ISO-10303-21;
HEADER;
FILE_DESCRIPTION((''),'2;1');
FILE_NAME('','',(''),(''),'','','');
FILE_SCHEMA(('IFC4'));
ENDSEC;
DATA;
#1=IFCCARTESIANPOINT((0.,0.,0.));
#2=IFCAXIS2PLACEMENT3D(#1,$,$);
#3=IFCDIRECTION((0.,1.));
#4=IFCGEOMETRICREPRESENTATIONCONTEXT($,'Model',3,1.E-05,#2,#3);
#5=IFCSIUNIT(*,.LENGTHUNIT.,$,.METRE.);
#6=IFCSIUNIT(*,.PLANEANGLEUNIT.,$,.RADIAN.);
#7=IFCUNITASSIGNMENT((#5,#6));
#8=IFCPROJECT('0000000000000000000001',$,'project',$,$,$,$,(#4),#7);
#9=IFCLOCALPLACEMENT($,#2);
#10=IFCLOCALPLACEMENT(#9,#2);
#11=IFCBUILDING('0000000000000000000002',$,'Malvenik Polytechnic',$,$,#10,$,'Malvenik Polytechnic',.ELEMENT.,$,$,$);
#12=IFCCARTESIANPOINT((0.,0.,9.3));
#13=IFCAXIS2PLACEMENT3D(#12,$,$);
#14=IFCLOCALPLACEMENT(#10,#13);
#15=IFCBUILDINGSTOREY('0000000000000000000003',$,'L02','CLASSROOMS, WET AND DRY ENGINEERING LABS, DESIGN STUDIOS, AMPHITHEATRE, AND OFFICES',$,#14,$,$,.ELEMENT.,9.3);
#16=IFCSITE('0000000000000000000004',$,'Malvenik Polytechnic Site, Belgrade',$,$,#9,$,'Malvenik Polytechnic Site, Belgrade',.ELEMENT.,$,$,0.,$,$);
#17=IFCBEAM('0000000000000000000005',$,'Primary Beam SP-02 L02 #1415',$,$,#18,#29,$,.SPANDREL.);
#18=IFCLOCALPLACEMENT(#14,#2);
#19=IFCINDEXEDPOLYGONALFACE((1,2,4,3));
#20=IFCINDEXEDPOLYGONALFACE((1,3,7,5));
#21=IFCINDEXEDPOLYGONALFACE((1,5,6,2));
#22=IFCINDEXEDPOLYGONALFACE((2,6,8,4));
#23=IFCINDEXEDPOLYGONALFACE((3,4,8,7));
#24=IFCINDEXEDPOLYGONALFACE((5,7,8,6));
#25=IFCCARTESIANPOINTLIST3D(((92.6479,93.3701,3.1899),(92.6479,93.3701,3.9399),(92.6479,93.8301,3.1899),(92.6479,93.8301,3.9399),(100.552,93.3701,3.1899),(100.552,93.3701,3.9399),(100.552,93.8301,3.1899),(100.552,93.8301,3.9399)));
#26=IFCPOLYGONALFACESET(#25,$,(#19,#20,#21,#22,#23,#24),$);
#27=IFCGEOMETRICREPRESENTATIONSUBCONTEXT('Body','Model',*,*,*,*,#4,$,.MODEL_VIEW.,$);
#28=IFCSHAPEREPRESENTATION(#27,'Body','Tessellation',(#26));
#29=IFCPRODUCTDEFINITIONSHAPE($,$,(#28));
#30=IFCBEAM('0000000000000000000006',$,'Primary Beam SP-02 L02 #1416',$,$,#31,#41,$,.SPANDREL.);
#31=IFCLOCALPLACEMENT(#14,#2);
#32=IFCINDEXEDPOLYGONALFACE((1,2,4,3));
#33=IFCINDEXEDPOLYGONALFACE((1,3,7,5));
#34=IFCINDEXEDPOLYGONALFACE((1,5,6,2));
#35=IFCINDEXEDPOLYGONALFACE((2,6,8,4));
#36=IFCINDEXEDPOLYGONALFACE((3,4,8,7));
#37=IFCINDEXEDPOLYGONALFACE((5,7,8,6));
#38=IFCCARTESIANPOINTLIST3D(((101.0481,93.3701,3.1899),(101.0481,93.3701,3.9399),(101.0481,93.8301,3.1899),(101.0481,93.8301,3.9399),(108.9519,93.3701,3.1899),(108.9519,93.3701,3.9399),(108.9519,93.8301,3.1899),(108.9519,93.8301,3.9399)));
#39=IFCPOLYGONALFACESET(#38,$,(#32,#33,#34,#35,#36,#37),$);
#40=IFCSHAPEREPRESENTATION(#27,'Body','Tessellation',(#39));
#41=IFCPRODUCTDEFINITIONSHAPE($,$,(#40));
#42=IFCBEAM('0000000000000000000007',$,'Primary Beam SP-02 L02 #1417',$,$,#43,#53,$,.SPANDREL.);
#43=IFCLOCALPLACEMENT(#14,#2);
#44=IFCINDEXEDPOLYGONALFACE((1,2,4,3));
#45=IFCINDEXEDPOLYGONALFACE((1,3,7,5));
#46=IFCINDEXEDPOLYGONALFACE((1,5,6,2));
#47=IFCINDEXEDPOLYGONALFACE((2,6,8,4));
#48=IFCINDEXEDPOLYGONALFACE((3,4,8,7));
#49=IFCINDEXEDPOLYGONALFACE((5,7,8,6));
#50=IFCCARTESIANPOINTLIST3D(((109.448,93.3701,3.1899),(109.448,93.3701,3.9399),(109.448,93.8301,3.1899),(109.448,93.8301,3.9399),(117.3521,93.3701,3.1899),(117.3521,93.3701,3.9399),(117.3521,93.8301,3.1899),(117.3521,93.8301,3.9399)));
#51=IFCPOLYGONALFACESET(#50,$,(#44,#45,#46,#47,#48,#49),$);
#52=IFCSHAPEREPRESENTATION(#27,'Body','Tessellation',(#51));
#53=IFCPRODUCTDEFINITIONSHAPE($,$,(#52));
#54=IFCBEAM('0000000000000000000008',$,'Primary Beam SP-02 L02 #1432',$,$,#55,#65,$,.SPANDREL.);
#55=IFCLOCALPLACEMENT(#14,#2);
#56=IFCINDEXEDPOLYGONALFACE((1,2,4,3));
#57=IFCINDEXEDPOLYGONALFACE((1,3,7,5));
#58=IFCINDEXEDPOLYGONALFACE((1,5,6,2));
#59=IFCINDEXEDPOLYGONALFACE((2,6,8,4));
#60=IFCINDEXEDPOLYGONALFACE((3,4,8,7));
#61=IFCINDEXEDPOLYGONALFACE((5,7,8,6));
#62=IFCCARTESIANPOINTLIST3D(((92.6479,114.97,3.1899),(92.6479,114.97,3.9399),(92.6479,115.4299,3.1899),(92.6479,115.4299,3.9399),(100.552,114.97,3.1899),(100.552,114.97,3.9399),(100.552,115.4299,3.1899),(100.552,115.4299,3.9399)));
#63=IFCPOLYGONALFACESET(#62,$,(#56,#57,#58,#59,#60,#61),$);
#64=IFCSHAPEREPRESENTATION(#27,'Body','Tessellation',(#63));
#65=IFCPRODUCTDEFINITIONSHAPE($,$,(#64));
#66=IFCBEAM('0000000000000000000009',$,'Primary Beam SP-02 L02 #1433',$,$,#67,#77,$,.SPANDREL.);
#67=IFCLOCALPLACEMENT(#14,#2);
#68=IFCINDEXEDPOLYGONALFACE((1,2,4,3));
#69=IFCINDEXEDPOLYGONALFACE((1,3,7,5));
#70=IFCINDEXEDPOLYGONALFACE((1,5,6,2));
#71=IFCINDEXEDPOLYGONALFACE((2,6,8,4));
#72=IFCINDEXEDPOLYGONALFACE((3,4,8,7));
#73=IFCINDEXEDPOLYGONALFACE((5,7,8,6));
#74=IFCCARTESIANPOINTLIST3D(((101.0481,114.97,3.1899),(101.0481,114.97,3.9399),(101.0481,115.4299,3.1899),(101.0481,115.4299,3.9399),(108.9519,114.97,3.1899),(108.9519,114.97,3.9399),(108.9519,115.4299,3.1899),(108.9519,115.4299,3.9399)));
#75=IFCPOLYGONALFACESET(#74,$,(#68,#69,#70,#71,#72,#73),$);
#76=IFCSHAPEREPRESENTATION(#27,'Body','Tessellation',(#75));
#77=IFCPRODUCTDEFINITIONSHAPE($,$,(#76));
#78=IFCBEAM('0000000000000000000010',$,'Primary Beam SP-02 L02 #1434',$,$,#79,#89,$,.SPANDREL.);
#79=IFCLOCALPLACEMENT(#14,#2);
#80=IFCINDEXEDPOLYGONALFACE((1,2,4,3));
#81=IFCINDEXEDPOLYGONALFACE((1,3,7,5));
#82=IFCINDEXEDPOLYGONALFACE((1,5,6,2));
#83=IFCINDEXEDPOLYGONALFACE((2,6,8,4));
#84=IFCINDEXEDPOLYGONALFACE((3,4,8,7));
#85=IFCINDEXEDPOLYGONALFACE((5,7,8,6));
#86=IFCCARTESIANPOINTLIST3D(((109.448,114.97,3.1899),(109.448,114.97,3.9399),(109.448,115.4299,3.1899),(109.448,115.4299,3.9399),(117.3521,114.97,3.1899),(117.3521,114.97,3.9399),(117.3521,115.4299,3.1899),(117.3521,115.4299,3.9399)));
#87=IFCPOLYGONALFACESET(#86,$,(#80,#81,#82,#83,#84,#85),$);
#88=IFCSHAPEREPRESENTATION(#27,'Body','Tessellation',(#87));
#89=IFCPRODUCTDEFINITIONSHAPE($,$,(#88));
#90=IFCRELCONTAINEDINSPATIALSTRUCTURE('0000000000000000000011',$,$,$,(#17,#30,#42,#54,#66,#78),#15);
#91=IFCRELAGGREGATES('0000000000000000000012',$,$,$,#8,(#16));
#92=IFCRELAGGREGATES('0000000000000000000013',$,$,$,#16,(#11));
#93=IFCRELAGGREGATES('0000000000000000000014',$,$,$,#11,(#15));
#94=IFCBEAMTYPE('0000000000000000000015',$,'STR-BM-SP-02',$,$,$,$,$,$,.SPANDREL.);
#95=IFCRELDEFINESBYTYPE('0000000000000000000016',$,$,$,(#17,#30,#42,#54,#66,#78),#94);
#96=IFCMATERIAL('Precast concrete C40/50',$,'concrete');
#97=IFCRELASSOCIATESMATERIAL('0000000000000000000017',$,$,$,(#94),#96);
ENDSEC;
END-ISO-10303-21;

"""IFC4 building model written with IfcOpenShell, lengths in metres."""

from ifc_helpers import new_model, si_unit, direction, frame, origin, origin_2d, place, context, subcontext, project, spatial, rectangle, extrude, material, material_profile, profile_set, type_object, element, save


model = new_model("IFC4")

# Units and contexts
model_context = context("Model", 3, precision=1e-05, world=origin(), true_north=direction((0.0, 1.0)))
body_context = subcontext(model_context, "Body", "Model", "MODEL_VIEW")
ifc_project = project(units=[si_unit("LENGTHUNIT", "METRE"), si_unit("PLANEANGLEUNIT", "RADIAN")], contexts=[model_context])

# Site, building, storey
site_placement = place(None, origin())
site = spatial("IfcSite", under=ifc_project, at=site_placement, Name="Malvenik Polytechnic Site, Belgrade", LongName="Malvenik Polytechnic Site, Belgrade", CompositionType="ELEMENT", RefElevation=0.0)
building_placement = place(site_placement, origin())
building = spatial("IfcBuilding", under=site, at=building_placement, Name="Malvenik Polytechnic", LongName="Malvenik Polytechnic", CompositionType="ELEMENT")
storey_placement = place(building_placement, frame((0.0, 0.0, 9.3)))
storey = spatial("IfcBuildingStorey", under=building, at=storey_placement, Name="L02", Description="CLASSROOMS, WET AND DRY ENGINEERING LABS, DESIGN STUDIOS, AMPHITHEATRE, AND OFFICES", CompositionType="ELEMENT", Elevation=9.3)

# Beams
ifc_material_1 = material(Name="Precast concrete C40/50", Category="concrete")
ifc_material_profile_1 = material_profile(ifc_material_1, rectangle(XDim=0.46, YDim=0.75, at=origin_2d()), Name="PC SPN 460x750")
ifc_profile_set_1 = profile_set([ifc_material_profile_1], Name="Precast concrete C40/50")
beam_type = type_object("IfcBeamType", Name="STR-BM-SP-02", PredefinedType="SPANDREL", material=ifc_profile_set_1)
beam_1_placement = place(storey_placement, frame((92.6479, 93.6001, 3.5649), z_axis=(1.0, 0.0, 0.0), x_axis=(0.0, 1.0, 0.0)))
element("IfcBeam", 1, at=beam_1_placement, inside=storey, type_object=beam_type, Name="Primary Beam SP-02 L02 #1415", PredefinedType="SPANDREL", context=body_context, shape_type="SweptSolid", body=[
    extrude(rectangle(XDim=0.46, YDim=0.75, at=origin_2d()), origin(), (0.0, 0.0, 1.0), 7.9041),
])
beam_2_placement = place(storey_placement, frame((101.0481, 93.6001, 3.5649), z_axis=(1.0, 0.0, 0.0), x_axis=(0.0, 1.0, 0.0)))
element("IfcBeam", 2, at=beam_2_placement, inside=storey, type_object=beam_type, Name="Primary Beam SP-02 L02 #1416", PredefinedType="SPANDREL", context=body_context, shape_type="SweptSolid", body=[
    extrude(rectangle(XDim=0.46, YDim=0.75, at=origin_2d()), origin(), (0.0, 0.0, 1.0), 7.9038),
])
for number, where, z_axis, x_axis, name in (
    (3, (109.448, 93.6001, 3.5649), (1.0, 0.0, 0.0), (0.0, 1.0, 0.0), "Primary Beam SP-02 L02 #1417"),
    (4, (92.6479, 115.2, 3.5649), (1.0, 0.0, 0.0), (0.0, 1.0, 0.0), "Primary Beam SP-02 L02 #1432"),
):
    element("IfcBeam", number, at=place(storey_placement, frame(where, z_axis=z_axis, x_axis=x_axis)), inside=storey, type_object=beam_type, Name=name, PredefinedType="SPANDREL", context=body_context, shape_type="SweptSolid", body=[
        extrude(rectangle(XDim=0.46, YDim=0.75, at=origin_2d()), origin(), (0.0, 0.0, 1.0), 7.9041),
    ])
beam_3_placement = place(storey_placement, frame((101.0481, 115.2, 3.5649), z_axis=(1.0, 0.0, 0.0), x_axis=(0.0, 1.0, 0.0)))
element("IfcBeam", 5, at=beam_3_placement, inside=storey, type_object=beam_type, Name="Primary Beam SP-02 L02 #1433", PredefinedType="SPANDREL", context=body_context, shape_type="SweptSolid", body=[
    extrude(rectangle(XDim=0.46, YDim=0.75, at=origin_2d()), origin(), (0.0, 0.0, 1.0), 7.9038),
])
beam_4_placement = place(storey_placement, frame((109.448, 115.2, 3.5649), z_axis=(1.0, 0.0, 0.0), x_axis=(0.0, 1.0, 0.0)))
element("IfcBeam", 6, at=beam_4_placement, inside=storey, type_object=beam_type, Name="Primary Beam SP-02 L02 #1434", PredefinedType="SPANDREL", context=body_context, shape_type="SweptSolid", body=[
    extrude(rectangle(XDim=0.46, YDim=0.75, at=origin_2d()), origin(), (0.0, 0.0, 1.0), 7.9041),
])

save(model, "model.ifc")
